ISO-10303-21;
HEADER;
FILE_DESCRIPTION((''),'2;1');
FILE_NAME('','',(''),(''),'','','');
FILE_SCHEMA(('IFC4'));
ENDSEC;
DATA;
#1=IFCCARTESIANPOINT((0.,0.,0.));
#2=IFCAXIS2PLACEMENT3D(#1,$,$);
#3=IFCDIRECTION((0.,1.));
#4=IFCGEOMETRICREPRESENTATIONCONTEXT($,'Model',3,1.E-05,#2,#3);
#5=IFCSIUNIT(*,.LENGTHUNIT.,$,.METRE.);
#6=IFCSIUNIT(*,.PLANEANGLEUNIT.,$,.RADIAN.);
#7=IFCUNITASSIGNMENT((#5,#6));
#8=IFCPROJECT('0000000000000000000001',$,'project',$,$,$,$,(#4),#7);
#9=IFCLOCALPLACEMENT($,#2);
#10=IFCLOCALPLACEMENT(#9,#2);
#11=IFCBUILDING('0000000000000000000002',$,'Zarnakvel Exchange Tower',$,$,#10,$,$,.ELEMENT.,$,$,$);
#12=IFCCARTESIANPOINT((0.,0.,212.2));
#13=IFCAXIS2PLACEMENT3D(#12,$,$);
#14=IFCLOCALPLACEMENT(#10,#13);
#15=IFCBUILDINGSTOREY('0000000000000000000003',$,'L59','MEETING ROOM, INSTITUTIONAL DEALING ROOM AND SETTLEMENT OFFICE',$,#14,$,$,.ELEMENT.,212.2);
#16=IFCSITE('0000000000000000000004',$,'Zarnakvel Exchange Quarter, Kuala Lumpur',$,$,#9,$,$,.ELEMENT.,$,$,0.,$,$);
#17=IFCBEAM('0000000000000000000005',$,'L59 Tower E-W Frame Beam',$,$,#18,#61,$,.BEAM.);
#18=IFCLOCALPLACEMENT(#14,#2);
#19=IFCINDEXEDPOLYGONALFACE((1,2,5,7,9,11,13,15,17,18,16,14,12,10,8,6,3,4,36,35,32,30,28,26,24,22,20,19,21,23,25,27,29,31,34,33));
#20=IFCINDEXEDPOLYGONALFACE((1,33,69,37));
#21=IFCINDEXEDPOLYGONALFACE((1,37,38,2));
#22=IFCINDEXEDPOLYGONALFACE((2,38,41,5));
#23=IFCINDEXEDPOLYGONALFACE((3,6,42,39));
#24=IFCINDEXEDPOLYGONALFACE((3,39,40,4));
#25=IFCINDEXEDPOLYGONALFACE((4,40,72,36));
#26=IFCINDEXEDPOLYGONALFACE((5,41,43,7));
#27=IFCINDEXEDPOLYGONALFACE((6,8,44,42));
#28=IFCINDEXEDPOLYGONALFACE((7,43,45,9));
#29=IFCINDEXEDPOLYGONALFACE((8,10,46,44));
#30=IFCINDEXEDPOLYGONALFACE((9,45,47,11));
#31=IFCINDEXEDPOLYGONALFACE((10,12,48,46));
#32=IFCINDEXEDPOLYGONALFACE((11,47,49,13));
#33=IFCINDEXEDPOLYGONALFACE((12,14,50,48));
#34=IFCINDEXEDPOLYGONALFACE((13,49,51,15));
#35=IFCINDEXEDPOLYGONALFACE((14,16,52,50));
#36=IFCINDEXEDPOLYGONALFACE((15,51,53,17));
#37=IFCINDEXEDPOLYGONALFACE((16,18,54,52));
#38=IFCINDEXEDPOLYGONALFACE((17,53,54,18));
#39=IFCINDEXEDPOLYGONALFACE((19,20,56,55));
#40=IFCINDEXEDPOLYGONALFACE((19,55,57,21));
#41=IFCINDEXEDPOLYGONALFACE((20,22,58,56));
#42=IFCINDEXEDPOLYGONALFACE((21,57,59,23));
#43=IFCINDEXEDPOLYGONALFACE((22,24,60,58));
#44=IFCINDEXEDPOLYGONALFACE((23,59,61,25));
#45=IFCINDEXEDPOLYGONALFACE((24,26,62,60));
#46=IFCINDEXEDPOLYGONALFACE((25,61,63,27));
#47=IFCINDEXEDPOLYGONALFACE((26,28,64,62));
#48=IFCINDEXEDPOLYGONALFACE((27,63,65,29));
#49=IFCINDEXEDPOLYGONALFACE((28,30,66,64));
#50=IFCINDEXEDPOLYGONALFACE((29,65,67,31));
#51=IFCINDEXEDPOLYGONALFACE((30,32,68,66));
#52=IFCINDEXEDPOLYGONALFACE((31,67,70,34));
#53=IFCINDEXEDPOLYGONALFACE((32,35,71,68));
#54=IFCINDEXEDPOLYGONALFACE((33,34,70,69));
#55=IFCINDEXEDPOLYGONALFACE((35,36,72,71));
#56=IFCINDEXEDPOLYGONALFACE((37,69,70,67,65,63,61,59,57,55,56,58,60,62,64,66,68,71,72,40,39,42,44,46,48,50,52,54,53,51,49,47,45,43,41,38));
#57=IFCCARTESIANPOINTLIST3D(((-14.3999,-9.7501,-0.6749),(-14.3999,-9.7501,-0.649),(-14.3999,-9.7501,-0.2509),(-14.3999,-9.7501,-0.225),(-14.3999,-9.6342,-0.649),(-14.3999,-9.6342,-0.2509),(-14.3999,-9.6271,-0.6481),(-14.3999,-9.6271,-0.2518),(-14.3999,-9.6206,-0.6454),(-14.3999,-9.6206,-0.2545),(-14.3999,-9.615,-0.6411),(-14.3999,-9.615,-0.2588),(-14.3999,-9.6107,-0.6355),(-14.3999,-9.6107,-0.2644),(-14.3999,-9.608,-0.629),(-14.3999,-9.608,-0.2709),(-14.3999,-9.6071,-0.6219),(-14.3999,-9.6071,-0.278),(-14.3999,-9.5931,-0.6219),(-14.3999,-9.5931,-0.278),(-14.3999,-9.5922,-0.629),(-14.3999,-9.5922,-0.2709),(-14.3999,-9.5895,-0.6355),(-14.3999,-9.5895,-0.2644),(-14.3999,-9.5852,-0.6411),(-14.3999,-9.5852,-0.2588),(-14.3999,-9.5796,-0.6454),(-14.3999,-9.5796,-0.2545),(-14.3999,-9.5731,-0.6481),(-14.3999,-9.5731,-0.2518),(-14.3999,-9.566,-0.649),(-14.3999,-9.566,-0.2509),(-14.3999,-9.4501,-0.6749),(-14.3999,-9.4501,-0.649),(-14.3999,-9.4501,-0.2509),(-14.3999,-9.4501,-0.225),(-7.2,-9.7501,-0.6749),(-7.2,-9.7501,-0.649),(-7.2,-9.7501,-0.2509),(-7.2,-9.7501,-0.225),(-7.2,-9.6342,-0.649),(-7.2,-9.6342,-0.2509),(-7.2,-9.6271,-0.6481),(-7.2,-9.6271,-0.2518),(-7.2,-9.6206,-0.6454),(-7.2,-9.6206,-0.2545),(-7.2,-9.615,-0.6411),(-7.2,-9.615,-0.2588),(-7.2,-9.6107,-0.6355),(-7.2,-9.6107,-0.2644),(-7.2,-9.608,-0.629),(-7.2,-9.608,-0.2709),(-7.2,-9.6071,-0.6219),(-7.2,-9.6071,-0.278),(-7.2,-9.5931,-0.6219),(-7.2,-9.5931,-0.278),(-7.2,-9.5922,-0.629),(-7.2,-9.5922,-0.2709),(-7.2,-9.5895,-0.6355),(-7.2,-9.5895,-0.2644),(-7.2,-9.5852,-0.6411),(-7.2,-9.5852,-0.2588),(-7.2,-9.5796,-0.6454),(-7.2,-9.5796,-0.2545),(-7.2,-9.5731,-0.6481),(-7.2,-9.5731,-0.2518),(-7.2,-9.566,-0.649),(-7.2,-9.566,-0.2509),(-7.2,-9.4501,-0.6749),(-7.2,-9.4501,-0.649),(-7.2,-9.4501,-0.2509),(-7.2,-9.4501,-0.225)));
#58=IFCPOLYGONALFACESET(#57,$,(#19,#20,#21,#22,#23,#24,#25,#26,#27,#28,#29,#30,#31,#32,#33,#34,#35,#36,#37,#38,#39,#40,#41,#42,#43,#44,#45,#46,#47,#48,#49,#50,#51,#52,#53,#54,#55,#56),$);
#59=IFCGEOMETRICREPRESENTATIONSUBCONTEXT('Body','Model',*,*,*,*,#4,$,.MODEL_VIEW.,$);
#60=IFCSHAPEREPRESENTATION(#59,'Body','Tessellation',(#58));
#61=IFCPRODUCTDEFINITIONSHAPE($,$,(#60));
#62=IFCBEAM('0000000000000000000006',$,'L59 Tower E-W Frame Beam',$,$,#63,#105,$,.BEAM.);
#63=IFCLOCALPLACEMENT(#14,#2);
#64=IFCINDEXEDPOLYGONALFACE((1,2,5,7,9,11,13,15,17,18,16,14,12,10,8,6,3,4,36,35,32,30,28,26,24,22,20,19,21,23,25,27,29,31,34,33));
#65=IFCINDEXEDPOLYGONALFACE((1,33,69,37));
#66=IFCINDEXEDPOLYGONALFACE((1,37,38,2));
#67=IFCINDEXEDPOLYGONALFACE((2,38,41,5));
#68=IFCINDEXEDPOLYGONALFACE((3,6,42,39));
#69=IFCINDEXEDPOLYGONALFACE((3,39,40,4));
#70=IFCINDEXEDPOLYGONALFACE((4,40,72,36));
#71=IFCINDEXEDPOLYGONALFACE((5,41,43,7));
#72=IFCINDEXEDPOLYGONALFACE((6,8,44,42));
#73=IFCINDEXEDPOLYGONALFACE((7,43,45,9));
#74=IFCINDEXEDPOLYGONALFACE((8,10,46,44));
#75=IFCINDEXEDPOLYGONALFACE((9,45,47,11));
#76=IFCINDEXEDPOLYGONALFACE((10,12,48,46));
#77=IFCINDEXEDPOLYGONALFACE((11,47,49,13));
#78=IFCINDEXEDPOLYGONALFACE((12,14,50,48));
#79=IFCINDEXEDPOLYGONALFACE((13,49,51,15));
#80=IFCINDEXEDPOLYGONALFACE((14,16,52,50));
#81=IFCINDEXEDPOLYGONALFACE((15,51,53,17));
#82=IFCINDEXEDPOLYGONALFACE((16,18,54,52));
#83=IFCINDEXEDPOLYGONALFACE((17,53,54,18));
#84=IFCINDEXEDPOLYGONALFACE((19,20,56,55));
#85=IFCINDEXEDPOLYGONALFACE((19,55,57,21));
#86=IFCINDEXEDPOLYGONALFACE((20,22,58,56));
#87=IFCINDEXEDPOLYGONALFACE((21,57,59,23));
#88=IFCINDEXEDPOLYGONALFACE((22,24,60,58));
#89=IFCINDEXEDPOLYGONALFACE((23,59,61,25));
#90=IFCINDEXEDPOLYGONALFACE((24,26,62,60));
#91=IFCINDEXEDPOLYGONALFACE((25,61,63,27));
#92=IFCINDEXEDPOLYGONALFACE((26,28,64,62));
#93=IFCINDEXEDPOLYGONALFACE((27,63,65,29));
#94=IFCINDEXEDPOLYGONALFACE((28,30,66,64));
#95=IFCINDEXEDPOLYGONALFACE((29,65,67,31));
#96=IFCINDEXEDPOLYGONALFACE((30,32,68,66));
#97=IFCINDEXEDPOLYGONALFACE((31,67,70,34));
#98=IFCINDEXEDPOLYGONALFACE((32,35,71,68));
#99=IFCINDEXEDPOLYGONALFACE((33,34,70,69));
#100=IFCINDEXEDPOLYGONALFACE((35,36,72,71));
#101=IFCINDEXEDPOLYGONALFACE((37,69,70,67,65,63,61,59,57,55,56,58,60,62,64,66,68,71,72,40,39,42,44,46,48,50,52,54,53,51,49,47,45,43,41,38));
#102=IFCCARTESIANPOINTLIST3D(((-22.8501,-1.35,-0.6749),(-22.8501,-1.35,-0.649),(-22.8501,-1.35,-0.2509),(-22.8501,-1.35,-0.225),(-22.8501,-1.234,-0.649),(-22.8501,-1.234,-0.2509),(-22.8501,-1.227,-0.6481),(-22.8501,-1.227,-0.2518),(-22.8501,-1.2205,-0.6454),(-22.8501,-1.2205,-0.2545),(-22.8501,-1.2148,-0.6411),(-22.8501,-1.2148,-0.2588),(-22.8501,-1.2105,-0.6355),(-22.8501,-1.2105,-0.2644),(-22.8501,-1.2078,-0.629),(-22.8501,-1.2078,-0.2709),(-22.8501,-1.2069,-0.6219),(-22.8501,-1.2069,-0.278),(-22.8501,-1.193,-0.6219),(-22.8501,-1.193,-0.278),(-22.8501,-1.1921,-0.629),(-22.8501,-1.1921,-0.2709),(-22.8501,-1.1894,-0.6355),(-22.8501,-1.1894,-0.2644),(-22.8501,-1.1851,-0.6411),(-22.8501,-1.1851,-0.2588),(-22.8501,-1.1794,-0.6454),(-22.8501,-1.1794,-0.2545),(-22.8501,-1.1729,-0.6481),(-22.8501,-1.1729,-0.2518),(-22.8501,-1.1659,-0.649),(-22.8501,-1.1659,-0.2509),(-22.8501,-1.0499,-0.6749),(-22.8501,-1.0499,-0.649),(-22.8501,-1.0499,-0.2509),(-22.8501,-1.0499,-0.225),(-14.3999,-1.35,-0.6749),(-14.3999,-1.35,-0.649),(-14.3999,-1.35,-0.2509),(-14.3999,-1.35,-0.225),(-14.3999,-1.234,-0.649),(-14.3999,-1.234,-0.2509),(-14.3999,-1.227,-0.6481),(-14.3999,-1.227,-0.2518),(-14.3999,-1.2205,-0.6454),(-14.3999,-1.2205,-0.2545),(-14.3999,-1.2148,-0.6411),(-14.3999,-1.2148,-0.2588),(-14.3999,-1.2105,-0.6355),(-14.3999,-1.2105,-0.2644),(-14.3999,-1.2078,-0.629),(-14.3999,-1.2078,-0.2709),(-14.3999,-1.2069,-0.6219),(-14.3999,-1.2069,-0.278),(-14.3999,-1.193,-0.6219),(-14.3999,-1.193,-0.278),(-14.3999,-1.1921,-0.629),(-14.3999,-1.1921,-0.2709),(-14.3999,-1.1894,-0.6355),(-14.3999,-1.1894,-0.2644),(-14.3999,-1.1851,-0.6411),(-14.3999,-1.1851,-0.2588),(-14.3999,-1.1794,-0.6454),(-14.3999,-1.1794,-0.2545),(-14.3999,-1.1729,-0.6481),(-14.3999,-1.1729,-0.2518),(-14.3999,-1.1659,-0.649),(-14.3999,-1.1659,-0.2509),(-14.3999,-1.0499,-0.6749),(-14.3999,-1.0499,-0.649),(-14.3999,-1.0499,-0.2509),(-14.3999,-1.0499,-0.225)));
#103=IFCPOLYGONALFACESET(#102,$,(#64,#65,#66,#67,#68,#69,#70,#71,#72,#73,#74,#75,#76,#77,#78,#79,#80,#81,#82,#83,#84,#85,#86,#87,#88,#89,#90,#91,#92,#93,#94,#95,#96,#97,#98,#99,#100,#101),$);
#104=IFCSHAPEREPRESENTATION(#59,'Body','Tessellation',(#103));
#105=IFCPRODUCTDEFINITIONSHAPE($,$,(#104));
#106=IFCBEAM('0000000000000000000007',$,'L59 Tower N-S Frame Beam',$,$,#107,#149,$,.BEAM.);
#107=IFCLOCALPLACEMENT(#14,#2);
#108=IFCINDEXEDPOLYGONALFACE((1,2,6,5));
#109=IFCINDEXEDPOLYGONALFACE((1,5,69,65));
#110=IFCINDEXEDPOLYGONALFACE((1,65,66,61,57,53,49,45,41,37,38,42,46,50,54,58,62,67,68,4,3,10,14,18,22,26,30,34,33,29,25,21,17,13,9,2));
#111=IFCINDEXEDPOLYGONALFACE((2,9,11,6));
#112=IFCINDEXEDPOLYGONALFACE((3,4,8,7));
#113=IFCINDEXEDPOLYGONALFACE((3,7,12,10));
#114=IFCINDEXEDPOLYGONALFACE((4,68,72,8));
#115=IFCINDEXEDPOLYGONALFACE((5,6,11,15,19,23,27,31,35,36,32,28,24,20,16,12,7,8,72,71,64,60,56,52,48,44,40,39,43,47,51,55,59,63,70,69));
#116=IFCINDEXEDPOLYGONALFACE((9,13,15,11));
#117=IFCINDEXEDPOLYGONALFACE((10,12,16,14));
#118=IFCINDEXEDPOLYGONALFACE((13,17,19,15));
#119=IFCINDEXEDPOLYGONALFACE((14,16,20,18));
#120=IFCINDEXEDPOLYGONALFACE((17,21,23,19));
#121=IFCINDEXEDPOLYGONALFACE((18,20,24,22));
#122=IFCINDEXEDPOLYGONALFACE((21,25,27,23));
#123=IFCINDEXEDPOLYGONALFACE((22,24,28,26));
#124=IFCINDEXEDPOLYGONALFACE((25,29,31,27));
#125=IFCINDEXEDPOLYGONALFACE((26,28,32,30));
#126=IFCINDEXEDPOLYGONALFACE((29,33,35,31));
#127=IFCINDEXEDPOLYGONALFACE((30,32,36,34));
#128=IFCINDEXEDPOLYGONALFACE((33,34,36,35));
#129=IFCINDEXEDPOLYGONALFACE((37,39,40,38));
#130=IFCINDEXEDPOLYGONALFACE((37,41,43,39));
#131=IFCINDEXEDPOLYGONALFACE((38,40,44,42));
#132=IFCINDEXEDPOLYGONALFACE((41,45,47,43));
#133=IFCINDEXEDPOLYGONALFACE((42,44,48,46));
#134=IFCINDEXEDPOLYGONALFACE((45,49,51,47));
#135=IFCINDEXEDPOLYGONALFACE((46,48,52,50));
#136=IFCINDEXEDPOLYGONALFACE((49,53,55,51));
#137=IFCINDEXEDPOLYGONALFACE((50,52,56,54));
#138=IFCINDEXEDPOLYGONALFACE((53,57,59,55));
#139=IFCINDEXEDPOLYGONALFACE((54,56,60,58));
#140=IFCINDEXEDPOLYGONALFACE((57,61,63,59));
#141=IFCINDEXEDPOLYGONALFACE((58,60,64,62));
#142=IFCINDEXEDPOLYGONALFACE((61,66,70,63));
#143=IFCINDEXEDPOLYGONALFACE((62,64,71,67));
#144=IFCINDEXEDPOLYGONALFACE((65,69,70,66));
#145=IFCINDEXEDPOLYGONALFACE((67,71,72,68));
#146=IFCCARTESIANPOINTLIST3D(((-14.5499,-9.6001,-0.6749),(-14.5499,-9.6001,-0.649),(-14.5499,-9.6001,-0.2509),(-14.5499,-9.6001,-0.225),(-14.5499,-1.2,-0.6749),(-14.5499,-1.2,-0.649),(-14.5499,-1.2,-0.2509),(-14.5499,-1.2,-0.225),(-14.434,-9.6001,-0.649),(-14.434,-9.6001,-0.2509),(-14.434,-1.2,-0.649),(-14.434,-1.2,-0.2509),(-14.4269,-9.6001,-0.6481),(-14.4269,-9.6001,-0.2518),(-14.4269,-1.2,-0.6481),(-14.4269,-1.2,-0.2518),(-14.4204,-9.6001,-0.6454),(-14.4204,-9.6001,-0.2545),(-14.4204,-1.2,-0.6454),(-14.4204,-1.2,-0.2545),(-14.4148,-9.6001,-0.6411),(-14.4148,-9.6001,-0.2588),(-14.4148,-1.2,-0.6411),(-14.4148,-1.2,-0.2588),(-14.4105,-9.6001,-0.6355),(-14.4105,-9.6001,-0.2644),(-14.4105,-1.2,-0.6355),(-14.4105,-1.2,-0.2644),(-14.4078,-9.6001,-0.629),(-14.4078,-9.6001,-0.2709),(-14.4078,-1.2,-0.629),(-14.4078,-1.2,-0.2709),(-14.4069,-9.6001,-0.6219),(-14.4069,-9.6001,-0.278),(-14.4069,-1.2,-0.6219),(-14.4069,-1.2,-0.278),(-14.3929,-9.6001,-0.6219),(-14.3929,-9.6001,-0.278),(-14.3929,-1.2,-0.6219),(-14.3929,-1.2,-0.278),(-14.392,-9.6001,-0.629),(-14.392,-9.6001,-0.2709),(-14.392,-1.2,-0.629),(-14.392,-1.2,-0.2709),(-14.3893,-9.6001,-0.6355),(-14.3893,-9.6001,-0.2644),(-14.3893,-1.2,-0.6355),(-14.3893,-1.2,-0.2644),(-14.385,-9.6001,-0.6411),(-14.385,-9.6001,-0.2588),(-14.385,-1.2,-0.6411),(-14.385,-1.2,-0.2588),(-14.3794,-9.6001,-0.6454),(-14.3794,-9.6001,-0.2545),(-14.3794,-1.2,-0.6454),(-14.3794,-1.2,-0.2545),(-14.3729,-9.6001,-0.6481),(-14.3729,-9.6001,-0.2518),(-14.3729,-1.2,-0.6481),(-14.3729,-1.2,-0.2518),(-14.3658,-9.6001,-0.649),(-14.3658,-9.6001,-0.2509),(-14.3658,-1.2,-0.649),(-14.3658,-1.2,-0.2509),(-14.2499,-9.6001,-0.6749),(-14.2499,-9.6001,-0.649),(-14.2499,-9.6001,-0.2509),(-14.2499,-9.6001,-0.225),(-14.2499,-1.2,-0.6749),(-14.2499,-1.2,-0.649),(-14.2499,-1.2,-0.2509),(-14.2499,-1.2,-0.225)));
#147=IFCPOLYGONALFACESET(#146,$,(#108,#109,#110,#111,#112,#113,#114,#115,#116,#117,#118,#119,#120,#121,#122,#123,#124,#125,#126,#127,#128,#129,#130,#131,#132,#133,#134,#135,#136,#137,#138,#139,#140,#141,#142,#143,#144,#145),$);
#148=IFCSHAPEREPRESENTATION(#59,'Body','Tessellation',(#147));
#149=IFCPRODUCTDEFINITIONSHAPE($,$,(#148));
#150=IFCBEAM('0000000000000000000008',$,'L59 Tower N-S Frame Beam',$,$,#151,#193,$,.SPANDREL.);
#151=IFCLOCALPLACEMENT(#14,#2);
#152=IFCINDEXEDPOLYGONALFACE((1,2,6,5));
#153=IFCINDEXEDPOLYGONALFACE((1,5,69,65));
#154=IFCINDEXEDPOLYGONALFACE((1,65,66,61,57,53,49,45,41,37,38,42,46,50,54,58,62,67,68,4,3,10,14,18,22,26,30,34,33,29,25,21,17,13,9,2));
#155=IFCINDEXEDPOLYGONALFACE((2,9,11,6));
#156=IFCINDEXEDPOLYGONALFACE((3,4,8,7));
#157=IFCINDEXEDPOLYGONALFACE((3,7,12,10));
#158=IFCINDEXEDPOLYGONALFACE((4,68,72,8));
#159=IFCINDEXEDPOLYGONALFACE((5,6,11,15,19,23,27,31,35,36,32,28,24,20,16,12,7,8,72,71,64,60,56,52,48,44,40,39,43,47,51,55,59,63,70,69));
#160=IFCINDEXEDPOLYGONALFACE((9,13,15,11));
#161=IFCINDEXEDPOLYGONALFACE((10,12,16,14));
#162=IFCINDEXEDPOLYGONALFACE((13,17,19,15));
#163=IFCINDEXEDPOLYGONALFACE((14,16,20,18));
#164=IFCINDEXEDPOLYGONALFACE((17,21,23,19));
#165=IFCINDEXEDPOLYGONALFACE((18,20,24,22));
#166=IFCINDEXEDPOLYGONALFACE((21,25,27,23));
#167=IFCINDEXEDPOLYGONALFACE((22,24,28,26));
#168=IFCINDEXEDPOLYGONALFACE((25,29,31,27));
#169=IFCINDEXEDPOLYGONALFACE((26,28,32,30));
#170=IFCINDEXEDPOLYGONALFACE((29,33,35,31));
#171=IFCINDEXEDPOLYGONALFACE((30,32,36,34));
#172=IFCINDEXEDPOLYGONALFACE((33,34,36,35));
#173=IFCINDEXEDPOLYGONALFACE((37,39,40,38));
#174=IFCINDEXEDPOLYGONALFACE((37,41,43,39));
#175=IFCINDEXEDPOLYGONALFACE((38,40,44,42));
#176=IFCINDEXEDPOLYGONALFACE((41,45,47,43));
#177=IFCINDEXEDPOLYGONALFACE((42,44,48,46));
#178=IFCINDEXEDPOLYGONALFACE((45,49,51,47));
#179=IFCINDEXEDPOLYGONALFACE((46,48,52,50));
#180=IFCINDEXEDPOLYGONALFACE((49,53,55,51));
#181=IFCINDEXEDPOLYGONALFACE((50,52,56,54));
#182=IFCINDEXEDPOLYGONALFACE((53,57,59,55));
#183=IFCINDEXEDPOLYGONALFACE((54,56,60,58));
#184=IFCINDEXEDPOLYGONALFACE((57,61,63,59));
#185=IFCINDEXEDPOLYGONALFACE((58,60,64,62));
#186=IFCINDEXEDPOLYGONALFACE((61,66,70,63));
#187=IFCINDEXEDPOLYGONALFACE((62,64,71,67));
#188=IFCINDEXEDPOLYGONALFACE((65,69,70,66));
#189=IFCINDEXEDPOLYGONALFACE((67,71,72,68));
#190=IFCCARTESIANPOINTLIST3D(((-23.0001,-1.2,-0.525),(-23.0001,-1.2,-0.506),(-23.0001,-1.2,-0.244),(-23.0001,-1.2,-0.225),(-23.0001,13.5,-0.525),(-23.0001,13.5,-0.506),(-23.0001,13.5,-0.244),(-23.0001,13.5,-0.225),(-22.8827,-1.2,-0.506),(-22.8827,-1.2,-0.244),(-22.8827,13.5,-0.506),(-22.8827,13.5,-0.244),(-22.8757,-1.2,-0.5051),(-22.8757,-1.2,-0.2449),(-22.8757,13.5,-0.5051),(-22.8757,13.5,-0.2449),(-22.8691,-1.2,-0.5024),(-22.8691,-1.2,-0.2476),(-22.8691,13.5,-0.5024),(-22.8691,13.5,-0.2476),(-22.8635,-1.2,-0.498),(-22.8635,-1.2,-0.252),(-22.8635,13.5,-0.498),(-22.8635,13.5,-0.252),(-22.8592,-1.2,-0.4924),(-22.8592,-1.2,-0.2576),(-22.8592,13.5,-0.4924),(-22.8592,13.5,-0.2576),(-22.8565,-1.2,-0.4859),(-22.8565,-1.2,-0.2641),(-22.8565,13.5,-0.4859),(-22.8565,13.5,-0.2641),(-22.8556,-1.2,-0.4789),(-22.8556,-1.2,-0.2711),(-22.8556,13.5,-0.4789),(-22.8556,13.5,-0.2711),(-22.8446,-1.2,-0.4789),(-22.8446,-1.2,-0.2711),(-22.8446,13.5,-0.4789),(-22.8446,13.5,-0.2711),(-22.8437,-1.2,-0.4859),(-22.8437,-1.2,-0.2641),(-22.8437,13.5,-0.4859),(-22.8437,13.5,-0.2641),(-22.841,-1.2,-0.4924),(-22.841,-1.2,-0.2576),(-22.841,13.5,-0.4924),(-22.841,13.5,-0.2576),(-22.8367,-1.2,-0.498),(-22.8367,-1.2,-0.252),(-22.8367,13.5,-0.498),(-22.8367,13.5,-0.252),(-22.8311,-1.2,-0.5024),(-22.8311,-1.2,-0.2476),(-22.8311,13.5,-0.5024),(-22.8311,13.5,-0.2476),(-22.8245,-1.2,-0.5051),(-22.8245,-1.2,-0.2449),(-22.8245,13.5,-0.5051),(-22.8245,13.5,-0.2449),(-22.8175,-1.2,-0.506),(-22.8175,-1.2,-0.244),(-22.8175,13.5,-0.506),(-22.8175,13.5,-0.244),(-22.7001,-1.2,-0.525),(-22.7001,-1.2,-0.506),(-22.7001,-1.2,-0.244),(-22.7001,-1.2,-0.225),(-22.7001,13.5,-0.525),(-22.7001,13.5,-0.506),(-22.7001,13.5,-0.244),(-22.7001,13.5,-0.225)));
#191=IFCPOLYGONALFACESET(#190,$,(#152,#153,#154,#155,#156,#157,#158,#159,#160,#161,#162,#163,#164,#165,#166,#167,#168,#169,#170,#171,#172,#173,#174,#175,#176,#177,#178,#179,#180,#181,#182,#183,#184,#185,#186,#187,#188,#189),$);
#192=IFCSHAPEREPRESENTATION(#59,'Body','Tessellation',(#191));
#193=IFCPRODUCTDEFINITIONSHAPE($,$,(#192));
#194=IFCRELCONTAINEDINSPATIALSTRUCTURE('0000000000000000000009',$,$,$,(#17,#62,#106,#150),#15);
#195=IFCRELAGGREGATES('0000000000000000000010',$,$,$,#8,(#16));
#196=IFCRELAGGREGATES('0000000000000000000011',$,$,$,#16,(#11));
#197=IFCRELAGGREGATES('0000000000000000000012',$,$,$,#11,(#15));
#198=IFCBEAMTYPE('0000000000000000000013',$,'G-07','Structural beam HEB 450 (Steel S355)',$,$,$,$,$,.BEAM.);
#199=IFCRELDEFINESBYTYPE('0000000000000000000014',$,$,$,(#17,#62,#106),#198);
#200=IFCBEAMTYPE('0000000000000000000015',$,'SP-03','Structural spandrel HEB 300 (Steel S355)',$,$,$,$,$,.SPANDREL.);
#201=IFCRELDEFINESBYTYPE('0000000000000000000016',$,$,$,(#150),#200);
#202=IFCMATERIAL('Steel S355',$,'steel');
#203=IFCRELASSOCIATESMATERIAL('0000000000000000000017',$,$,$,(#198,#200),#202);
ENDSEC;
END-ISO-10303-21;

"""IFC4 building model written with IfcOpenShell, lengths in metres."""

from ifc_helpers import new_model, si_unit, direction, frame, origin, origin_2d, place, context, subcontext, project, spatial, i_section, extrude, material, material_profile, profile_set, type_object, element, save


model = new_model("IFC4")

# Units and contexts
model_context = context("Model", 3, precision=1e-05, world=origin(), true_north=direction((0.0, 1.0)))
body_context = subcontext(model_context, "Body", "Model", "MODEL_VIEW")
ifc_project = project(units=[si_unit("LENGTHUNIT", "METRE"), si_unit("PLANEANGLEUNIT", "RADIAN")], contexts=[model_context])

# Site, building, storey
site_placement = place(None, origin())
site = spatial("IfcSite", under=ifc_project, at=site_placement, Name="Zarnakvel Exchange Quarter, Kuala Lumpur", CompositionType="ELEMENT", RefElevation=0.0)
building_placement = place(site_placement, origin())
building = spatial("IfcBuilding", under=site, at=building_placement, Name="Zarnakvel Exchange Tower", CompositionType="ELEMENT")
storey_placement = place(building_placement, frame((0.0, 0.0, 212.2)))
storey = spatial("IfcBuildingStorey", under=building, at=storey_placement, Name="L59", Description="MEETING ROOM, INSTITUTIONAL DEALING ROOM AND SETTLEMENT OFFICE", CompositionType="ELEMENT", Elevation=212.2)

# Shared definitions
ifc_material_1 = material(Name="Steel S355", Category="steel")

# Beams
ifc_material_profile_1 = material_profile(ifc_material_1, i_section(OverallWidth=0.3, OverallDepth=0.45, WebThickness=0.0139, FlangeThickness=0.0259, FilletRadius=0.0271, at=origin_2d()))
ifc_profile_set_1 = profile_set([ifc_material_profile_1], Name="Steel S355")
beam_type_1 = type_object("IfcBeamType", Name="G-07", Description="Structural beam HEB 450 (Steel S355)", PredefinedType="BEAM", material=ifc_profile_set_1)
beam_1_placement = place(storey_placement, frame((-14.3999, -9.6001, -0.45), z_axis=(1.0, 0.0, 0.0), x_axis=(0.0, 1.0, 0.0)))
element("IfcBeam", 1, at=beam_1_placement, inside=storey, type_object=beam_type_1, Name="L59 Tower E-W Frame Beam", PredefinedType="BEAM", context=body_context, shape_type="SweptSolid", body=[
    extrude(i_section(OverallWidth=0.3, OverallDepth=0.45, WebThickness=0.0139, FlangeThickness=0.0259, FilletRadius=0.0271, at=origin_2d()), origin(), (0.0, 0.0, 1.0), 7.2),
])
beam_2_placement = place(storey_placement, frame((-22.8501, -1.2, -0.45), z_axis=(1.0, 0.0, 0.0), x_axis=(0.0, 1.0, 0.0)))
element("IfcBeam", 2, at=beam_2_placement, inside=storey, type_object=beam_type_1, Name="L59 Tower E-W Frame Beam", PredefinedType="BEAM", context=body_context, shape_type="SweptSolid", body=[
    extrude(i_section(OverallWidth=0.3, OverallDepth=0.45, WebThickness=0.0139, FlangeThickness=0.0259, FilletRadius=0.0271, at=origin_2d()), origin(), (0.0, 0.0, 1.0), 8.4502),
])
beam_3_placement = place(storey_placement, frame((-14.3999, -9.6001, -0.45), z_axis=(0.0, 1.0, 0.0), x_axis=(-1.0, 0.0, 0.0)))
element("IfcBeam", 3, at=beam_3_placement, inside=storey, type_object=beam_type_1, Name="L59 Tower N-S Frame Beam", PredefinedType="BEAM", context=body_context, shape_type="SweptSolid", body=[
    extrude(i_section(OverallWidth=0.3, OverallDepth=0.45, WebThickness=0.0139, FlangeThickness=0.0259, FilletRadius=0.0271, at=origin_2d()), origin(), (0.0, 0.0, 1.0), 8.4001),
])
ifc_material_profile_2 = material_profile(ifc_material_1, i_section(OverallWidth=0.3, OverallDepth=0.3, WebThickness=0.011, FlangeThickness=0.019, FilletRadius=0.0271, at=origin_2d()))
ifc_profile_set_2 = profile_set([ifc_material_profile_2], Name="Steel S355")
beam_type_2 = type_object("IfcBeamType", Name="SP-03", Description="Structural spandrel HEB 300 (Steel S355)", PredefinedType="SPANDREL", material=ifc_profile_set_2)
beam_4_placement = place(storey_placement, frame((-22.8501, -1.2, -0.375), z_axis=(0.0, 1.0, 0.0), x_axis=(-1.0, 0.0, 0.0)))
element("IfcBeam", 4, at=beam_4_placement, inside=storey, type_object=beam_type_2, Name="L59 Tower N-S Frame Beam", PredefinedType="SPANDREL", context=body_context, shape_type="SweptSolid", body=[
    extrude(i_section(OverallWidth=0.3, OverallDepth=0.3, WebThickness=0.011, FlangeThickness=0.019, FilletRadius=0.0271, at=origin_2d()), origin(), (0.0, 0.0, 1.0), 14.7),
])

save(model, "model.ifc")
